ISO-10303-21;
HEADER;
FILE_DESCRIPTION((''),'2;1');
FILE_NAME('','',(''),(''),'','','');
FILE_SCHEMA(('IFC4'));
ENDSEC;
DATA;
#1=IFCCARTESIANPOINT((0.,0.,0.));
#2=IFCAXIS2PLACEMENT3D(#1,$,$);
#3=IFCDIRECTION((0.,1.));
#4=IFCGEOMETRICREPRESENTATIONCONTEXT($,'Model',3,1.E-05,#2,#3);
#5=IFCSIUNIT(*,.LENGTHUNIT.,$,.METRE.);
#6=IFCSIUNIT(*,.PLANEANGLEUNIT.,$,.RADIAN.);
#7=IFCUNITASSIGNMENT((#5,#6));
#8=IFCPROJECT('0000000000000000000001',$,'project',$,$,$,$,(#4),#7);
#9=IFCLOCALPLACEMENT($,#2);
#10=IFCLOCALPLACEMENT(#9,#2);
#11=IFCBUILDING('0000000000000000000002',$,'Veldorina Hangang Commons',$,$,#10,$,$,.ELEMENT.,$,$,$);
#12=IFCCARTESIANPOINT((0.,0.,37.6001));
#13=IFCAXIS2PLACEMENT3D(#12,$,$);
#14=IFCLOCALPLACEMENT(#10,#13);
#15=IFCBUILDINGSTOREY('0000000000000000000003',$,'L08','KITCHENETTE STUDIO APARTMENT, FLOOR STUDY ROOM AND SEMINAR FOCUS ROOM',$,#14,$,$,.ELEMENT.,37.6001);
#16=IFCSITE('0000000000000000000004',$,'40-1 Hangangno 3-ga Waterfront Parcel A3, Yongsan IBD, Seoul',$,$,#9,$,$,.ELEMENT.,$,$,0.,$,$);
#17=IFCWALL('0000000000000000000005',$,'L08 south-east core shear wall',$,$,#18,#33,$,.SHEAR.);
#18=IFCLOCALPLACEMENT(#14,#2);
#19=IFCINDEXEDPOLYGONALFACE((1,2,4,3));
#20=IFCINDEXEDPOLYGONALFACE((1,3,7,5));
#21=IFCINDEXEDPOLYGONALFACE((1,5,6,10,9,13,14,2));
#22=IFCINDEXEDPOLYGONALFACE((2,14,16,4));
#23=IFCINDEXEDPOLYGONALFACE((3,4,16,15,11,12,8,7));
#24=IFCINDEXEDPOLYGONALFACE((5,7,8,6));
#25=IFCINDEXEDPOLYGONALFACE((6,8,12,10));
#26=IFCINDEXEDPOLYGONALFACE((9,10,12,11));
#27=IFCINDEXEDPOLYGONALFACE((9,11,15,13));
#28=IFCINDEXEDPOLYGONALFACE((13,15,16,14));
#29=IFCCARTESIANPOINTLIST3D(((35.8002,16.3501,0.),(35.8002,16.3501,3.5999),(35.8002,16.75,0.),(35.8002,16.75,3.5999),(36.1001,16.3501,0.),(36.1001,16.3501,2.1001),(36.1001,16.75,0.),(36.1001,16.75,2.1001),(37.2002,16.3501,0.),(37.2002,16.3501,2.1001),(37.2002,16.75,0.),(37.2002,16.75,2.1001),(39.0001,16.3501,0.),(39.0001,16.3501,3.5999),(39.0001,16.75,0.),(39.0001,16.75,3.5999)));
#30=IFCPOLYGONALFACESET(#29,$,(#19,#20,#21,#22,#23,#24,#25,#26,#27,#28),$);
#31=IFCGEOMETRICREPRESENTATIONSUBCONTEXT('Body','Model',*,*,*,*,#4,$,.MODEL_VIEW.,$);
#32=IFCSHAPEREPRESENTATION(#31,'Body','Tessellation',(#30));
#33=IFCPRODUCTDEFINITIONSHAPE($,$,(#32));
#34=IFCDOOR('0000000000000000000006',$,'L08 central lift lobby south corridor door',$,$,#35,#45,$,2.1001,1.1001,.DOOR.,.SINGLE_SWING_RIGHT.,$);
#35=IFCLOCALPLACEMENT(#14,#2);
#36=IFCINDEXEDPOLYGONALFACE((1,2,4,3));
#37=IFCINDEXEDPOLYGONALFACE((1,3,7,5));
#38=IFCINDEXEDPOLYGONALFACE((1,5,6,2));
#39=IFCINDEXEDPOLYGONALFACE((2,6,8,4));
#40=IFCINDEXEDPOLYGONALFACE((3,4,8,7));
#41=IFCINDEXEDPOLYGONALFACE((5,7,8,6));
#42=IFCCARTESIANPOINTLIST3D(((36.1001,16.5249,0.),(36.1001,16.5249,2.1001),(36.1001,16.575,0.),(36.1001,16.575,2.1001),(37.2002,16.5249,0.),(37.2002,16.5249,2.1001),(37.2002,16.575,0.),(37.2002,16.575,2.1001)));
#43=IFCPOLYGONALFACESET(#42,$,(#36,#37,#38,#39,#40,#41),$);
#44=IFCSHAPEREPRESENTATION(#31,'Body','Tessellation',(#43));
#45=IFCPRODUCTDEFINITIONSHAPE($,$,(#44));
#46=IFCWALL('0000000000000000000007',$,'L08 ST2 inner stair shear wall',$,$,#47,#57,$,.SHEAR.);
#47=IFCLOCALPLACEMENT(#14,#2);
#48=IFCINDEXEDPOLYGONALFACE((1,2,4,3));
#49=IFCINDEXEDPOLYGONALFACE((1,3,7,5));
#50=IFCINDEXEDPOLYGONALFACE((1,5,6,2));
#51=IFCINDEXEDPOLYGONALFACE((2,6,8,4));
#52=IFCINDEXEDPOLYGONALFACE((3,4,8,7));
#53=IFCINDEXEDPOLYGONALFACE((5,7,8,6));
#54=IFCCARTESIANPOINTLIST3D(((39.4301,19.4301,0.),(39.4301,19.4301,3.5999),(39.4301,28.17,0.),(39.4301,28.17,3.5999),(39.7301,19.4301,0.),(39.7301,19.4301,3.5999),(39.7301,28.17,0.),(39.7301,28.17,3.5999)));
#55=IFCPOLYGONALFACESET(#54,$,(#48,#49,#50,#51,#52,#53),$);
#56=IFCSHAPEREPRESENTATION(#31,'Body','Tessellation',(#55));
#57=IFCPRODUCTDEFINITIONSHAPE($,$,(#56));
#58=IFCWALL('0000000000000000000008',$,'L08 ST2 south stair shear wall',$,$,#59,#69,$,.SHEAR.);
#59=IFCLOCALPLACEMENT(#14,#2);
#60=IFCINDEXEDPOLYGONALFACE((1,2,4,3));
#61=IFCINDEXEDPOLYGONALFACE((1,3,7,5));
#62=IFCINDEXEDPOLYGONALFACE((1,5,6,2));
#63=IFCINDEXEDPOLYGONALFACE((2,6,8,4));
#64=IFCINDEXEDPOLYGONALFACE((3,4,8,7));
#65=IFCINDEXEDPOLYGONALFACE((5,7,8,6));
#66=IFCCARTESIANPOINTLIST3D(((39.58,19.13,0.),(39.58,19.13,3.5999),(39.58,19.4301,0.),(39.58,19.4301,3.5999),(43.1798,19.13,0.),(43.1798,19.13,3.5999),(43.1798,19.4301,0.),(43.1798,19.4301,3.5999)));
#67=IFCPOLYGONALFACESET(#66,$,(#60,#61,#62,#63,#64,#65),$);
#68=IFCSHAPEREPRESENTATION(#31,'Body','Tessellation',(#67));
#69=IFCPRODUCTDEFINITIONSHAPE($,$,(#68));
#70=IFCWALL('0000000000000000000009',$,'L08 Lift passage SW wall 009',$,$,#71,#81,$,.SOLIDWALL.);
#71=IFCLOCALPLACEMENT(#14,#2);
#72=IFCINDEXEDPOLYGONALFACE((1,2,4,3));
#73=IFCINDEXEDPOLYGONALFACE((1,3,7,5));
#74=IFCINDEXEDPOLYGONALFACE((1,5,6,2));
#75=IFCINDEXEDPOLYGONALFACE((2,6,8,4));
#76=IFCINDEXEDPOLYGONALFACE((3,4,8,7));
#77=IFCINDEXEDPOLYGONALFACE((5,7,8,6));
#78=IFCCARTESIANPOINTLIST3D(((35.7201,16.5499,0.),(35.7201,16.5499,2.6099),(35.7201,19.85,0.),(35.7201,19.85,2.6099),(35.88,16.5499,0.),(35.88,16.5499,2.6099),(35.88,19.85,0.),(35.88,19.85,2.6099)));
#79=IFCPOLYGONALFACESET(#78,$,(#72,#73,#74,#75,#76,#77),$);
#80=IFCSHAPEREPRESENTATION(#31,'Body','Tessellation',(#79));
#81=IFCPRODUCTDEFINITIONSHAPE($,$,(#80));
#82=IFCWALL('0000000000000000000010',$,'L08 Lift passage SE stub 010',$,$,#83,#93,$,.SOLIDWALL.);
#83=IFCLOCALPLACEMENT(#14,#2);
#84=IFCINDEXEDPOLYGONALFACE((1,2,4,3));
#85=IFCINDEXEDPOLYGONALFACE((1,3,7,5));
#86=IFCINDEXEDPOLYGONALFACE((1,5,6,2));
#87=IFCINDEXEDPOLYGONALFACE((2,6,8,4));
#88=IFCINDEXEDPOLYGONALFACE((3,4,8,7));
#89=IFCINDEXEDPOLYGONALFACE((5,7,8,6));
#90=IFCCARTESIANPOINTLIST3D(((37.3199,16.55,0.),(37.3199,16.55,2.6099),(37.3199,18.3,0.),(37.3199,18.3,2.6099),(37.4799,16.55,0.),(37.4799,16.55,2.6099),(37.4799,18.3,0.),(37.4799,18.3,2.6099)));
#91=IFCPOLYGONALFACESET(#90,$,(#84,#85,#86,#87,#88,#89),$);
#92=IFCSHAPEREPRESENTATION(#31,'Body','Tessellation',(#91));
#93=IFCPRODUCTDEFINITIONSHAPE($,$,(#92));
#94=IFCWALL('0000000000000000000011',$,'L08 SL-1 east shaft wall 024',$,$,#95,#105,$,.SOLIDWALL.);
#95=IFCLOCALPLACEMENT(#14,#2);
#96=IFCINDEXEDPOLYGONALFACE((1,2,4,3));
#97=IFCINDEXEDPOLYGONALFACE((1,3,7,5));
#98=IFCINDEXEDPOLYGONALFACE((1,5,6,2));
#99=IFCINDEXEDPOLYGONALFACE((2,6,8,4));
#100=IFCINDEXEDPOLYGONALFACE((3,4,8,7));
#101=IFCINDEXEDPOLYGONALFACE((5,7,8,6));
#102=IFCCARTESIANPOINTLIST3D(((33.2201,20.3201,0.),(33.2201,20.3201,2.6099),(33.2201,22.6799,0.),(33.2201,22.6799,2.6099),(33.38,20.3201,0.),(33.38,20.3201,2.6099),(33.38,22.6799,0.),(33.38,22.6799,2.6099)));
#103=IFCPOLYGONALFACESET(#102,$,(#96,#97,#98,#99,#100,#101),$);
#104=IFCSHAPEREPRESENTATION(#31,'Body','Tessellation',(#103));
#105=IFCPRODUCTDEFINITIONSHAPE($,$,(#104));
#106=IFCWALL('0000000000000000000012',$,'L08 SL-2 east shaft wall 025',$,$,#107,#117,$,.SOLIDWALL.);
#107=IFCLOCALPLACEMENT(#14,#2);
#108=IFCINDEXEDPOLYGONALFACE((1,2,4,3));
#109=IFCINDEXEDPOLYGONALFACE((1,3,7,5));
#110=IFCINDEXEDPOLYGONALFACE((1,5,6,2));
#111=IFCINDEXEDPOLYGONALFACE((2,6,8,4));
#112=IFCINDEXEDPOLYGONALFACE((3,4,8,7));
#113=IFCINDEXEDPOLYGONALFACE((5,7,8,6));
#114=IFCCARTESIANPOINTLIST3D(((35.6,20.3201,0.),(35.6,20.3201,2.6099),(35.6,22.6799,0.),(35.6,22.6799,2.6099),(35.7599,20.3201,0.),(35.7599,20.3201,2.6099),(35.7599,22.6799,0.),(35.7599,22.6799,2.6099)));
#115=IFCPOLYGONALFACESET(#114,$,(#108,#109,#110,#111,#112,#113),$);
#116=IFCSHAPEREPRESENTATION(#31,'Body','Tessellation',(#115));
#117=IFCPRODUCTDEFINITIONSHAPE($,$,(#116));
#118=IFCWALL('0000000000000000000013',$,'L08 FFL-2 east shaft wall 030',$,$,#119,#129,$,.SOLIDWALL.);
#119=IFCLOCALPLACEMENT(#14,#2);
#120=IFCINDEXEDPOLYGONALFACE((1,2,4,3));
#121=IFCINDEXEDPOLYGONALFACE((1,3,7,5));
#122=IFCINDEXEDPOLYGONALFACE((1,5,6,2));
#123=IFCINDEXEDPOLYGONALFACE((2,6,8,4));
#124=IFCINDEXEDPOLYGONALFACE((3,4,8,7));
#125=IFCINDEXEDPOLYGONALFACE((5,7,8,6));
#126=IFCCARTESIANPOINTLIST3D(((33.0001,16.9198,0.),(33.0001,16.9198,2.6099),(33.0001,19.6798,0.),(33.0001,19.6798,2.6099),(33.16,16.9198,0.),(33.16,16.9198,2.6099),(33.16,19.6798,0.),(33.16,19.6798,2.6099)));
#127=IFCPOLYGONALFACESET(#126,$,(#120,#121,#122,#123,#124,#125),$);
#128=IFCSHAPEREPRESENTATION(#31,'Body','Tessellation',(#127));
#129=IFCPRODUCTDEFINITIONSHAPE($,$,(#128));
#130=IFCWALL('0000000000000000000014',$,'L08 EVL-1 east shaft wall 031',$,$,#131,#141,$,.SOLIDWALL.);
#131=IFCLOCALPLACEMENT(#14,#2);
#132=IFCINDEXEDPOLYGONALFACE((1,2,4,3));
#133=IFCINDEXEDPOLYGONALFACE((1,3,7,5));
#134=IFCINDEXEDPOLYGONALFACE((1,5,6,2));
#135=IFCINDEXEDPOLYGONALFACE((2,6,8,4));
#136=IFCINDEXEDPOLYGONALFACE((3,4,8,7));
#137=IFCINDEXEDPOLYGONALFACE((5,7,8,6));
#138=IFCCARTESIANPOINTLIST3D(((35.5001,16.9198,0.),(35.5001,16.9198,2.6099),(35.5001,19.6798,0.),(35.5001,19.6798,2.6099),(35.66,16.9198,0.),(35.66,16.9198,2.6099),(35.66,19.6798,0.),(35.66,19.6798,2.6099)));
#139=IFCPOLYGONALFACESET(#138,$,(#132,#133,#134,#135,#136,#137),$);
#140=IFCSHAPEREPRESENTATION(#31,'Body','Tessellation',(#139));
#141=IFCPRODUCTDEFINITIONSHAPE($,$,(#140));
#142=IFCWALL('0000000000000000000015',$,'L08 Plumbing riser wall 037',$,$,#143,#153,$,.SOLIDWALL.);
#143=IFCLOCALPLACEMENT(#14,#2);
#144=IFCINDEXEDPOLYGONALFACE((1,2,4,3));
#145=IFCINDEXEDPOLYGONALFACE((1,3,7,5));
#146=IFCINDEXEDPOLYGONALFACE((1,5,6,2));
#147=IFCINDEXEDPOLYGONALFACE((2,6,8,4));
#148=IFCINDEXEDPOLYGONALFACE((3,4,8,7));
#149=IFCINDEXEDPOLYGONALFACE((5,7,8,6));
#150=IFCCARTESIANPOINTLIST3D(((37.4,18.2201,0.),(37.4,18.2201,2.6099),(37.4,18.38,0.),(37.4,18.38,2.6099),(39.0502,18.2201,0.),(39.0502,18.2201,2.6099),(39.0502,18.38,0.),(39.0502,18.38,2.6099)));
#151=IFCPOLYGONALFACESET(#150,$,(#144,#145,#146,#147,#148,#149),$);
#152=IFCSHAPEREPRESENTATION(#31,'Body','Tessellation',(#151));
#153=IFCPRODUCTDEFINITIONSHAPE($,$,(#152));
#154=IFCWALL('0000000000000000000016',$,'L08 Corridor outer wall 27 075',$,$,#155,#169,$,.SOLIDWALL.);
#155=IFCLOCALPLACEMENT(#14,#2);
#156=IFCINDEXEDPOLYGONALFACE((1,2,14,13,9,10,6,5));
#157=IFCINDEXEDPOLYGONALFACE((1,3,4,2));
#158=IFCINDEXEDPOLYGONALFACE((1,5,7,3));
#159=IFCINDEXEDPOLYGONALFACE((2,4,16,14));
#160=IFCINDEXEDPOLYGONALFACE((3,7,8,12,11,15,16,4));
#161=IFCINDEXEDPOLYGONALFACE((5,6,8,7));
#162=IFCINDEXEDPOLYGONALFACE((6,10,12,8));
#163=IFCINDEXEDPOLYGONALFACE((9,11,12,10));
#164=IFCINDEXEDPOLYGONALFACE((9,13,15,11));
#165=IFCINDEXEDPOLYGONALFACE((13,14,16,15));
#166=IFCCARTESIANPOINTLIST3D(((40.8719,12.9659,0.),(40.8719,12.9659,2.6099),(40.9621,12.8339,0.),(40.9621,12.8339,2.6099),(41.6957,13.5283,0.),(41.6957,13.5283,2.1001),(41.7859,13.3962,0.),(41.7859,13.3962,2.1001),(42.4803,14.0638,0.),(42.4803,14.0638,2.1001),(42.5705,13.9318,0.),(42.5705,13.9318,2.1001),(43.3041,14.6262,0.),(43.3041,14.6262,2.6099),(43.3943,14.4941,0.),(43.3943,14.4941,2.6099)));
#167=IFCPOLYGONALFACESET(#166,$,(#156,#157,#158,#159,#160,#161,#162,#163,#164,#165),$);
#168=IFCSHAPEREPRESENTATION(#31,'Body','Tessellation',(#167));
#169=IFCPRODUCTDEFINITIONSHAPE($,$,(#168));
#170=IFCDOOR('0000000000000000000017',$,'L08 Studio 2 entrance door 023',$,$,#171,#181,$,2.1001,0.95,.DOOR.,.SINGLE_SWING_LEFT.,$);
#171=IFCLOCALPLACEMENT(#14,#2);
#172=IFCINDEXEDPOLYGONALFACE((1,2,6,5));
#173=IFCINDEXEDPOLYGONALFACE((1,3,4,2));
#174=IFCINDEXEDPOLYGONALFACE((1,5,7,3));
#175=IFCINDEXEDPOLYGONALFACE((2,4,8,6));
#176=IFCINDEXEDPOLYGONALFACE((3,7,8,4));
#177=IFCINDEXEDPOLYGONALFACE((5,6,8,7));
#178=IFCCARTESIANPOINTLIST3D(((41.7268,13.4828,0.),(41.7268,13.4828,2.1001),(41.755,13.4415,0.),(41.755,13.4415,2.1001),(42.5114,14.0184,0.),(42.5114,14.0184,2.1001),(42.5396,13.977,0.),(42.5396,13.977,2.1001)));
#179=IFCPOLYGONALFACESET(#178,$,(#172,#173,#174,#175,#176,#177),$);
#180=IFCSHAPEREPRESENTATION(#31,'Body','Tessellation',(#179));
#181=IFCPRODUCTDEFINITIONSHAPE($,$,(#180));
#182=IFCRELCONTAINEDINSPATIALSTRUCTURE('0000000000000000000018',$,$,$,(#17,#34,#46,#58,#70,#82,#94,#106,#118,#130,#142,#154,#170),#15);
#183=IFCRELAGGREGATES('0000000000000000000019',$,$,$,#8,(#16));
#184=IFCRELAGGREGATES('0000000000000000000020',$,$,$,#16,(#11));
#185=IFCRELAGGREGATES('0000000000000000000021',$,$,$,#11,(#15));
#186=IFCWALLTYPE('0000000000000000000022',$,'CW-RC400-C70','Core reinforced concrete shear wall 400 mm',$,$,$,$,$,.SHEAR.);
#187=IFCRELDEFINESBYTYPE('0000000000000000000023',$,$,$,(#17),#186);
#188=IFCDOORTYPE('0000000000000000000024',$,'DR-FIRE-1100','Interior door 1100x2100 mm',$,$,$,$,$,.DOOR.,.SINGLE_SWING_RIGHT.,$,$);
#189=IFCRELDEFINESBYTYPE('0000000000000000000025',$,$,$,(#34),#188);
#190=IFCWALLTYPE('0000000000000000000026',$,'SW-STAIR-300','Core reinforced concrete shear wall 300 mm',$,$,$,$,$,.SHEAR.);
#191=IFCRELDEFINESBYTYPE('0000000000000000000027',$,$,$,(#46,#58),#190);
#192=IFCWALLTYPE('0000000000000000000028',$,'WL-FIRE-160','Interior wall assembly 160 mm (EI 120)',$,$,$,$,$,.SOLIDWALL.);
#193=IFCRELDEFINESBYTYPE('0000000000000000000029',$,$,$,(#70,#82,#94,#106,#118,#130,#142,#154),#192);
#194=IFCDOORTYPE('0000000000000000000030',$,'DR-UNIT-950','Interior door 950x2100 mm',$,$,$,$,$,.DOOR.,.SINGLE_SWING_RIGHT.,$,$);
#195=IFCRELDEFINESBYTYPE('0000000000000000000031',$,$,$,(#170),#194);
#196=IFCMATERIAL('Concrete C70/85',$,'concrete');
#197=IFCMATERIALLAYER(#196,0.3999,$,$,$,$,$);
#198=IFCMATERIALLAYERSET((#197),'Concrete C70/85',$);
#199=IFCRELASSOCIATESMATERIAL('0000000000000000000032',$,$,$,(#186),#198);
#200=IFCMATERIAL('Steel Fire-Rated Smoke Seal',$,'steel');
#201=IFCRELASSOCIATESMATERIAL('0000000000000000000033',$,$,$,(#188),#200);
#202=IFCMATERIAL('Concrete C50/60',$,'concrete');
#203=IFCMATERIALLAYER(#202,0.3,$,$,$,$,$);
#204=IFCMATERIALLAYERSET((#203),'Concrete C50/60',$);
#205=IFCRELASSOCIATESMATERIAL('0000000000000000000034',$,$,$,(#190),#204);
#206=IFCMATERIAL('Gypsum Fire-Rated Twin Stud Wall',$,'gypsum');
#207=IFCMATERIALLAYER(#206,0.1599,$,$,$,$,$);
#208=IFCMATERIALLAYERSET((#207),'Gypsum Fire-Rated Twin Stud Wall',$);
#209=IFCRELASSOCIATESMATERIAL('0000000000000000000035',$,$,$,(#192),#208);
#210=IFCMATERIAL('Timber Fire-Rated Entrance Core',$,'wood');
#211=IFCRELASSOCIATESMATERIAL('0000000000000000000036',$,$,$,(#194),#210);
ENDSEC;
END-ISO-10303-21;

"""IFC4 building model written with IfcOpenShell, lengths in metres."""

from ifc_helpers import new_model, si_unit, direction, frame, frame_2d, origin, place, context, subcontext, project, spatial, rectangle, extrude, material, layer, layer_set, type_object, element, fill, save


model = new_model("IFC4")

# Units and contexts
model_context = context("Model", 3, precision=1e-05, world=origin(), true_north=direction((0.0, 1.0)))
body_context = subcontext(model_context, "Body", "Model", "MODEL_VIEW")
ifc_project = project(units=[si_unit("LENGTHUNIT", "METRE"), si_unit("PLANEANGLEUNIT", "RADIAN")], contexts=[model_context])

# Site, building, storey
site_placement = place(None, origin())
site = spatial("IfcSite", under=ifc_project, at=site_placement, Name="40-1 Hangangno 3-ga Waterfront Parcel A3, Yongsan IBD, Seoul", CompositionType="ELEMENT", RefElevation=0.0)
building_placement = place(site_placement, origin())
building = spatial("IfcBuilding", under=site, at=building_placement, Name="Veldorina Hangang Commons", CompositionType="ELEMENT")
storey_placement = place(building_placement, frame((0.0, 0.0, 37.6001)))
storey = spatial("IfcBuildingStorey", under=building, at=storey_placement, Name="L08", Description="KITCHENETTE STUDIO APARTMENT, FLOOR STUDY ROOM AND SEMINAR FOCUS ROOM", CompositionType="ELEMENT", Elevation=37.6001)

# Shared definitions
ifc_material_1 = material(Name="Concrete C70/85", Category="concrete")

# Shared definitions
ifc_layer_1 = layer(ifc_material_1, 0.3999)
ifc_layer_set_1 = layer_set([ifc_layer_1], Name="Concrete C70/85")
wall_type_1 = type_object("IfcWallType", Name="CW-RC400-C70", Description="Core reinforced concrete shear wall 400 mm", PredefinedType="SHEAR", material=ifc_layer_set_1)

# Wall, opening, door
wall_1_placement = place(storey_placement, frame((35.8, 16.55, 0.0), z_axis=(0.0, 0.0, 1.0), x_axis=(1.0, 0.0, 0.0)))
wall_1 = element("IfcWall", 1, at=wall_1_placement, inside=storey, type_object=wall_type_1, Name="L08 south-east core shear wall", PredefinedType="SHEAR", context=body_context, shape_type="SweptSolid", body=[
    extrude(rectangle(XDim=3.2, YDim=0.3999, at=frame_2d((1.6001, 0.0))), origin(), (0.0, 0.0, 1.0), 3.5999),
])
opening_1_placement = place(wall_1_placement, frame((0.3, 0.0, 0.0)))
opening_1 = element("IfcOpeningElement", 2, at=opening_1_placement, cuts=wall_1, PredefinedType="OPENING", context=body_context, shape_type="SweptSolid", body=[
    extrude(rectangle(XDim=1.1001, YDim=2.1001, at=frame_2d((0.55, 1.05))), frame((0.0, 0.21, 0.0), z_axis=(0.0, -1.0, 0.0), x_axis=(1.0, 0.0, 0.0)), (0.0, 0.0, 1.0), 0.4199),
])
ifc_material_2 = material(Name="Steel Fire-Rated Smoke Seal", Category="steel")
door_type_1 = type_object("IfcDoorType", Name="DR-FIRE-1100", Description="Interior door 1100x2100 mm", OperationType="SINGLE_SWING_RIGHT", PredefinedType="DOOR", material=ifc_material_2)
door_1_placement = place(opening_1_placement, origin())
door_1 = element("IfcDoor", 3, at=door_1_placement, inside=storey, type_object=door_type_1, Name="L08 central lift lobby south corridor door", OperationType="SINGLE_SWING_RIGHT", OverallHeight=2.1001, OverallWidth=1.1001, PredefinedType="DOOR", context=body_context, shape_type="SweptSolid", body=[
    extrude(rectangle(XDim=1.1001, YDim=2.1001, at=frame_2d((0.55, 1.05))), frame((0.0, 0.0249, 0.0), z_axis=(0.0, -1.0, 0.0), x_axis=(1.0, 0.0, 0.0)), (0.0, 0.0, 1.0), 0.05),
])
fill(opening_1, door_1)

# Walls
ifc_material_3 = material(Name="Concrete C50/60", Category="concrete")
ifc_layer_2 = layer(ifc_material_3, 0.3)
ifc_layer_set_2 = layer_set([ifc_layer_2], Name="Concrete C50/60")
wall_type_2 = type_object("IfcWallType", Name="SW-STAIR-300", Description="Core reinforced concrete shear wall 300 mm", PredefinedType="SHEAR", material=ifc_layer_set_2)
wall_2_placement = place(storey_placement, frame((39.5801, 19.4299, 0.0), z_axis=(0.0, 0.0, 1.0), x_axis=(0.0, 1.0, 0.0)))
element("IfcWall", 4, at=wall_2_placement, inside=storey, type_object=wall_type_2, Name="L08 ST2 inner stair shear wall", PredefinedType="SHEAR", context=body_context, shape_type="SweptSolid", body=[
    extrude(rectangle(XDim=8.74, YDim=0.3, at=frame_2d((4.3701, 0.0))), origin(), (0.0, 0.0, 1.0), 3.5999),
])
wall_3_placement = place(storey_placement, frame((39.5801, 19.28, 0.0), z_axis=(0.0, 0.0, 1.0), x_axis=(1.0, 0.0, 0.0)))
element("IfcWall", 5, at=wall_3_placement, inside=storey, type_object=wall_type_2, Name="L08 ST2 south stair shear wall", PredefinedType="SHEAR", context=body_context, shape_type="SweptSolid", body=[
    extrude(rectangle(XDim=3.5999, YDim=0.3, at=frame_2d((1.7998, 0.0))), origin(), (0.0, 0.0, 1.0), 3.5999),
])
ifc_material_4 = material(Name="Gypsum Fire-Rated Twin Stud Wall", Category="gypsum")
ifc_layer_3 = layer(ifc_material_4, 0.1599)
ifc_layer_set_3 = layer_set([ifc_layer_3], Name="Gypsum Fire-Rated Twin Stud Wall")
wall_type_3 = type_object("IfcWallType", Name="WL-FIRE-160", Description="Interior wall assembly 160 mm (EI 120)", PredefinedType="SOLIDWALL", material=ifc_layer_set_3)
wall_4_placement = place(storey_placement, frame((35.8, 16.55, 0.0), z_axis=(0.0, 0.0, 1.0), x_axis=(0.0, 1.0, 0.0)))
element("IfcWall", 6, at=wall_4_placement, inside=storey, type_object=wall_type_3, Name="L08 Lift passage SW wall 009", PredefinedType="SOLIDWALL", context=body_context, shape_type="SweptSolid", body=[
    extrude(rectangle(XDim=3.3, YDim=0.1599, at=frame_2d((1.6499, 0.0))), origin(), (0.0, 0.0, 1.0), 2.6099),
])
wall_5_placement = place(storey_placement, frame((37.3999, 16.55, 0.0), z_axis=(0.0, 0.0, 1.0), x_axis=(0.0, 1.0, 0.0)))
element("IfcWall", 7, at=wall_5_placement, inside=storey, type_object=wall_type_3, Name="L08 Lift passage SE stub 010", PredefinedType="SOLIDWALL", context=body_context, shape_type="SweptSolid", body=[
    extrude(rectangle(XDim=1.75, YDim=0.1599, at=frame_2d((0.875, 0.0))), origin(), (0.0, 0.0, 1.0), 2.6099),
])
for number, where, z_axis, x_axis, name in (
    (8, (33.3, 20.3201, 0.0), (0.0, 0.0, 1.0), (0.0, 1.0, 0.0), "L08 SL-1 east shaft wall 024"),
    (9, (35.6799, 20.3201, 0.0), (0.0, 0.0, 1.0), (0.0, 1.0, 0.0), "L08 SL-2 east shaft wall 025"),
):
    element("IfcWall", number, at=place(storey_placement, frame(where, z_axis=z_axis, x_axis=x_axis)), inside=storey, type_object=wall_type_3, Name=name, PredefinedType="SOLIDWALL", context=body_context, shape_type="SweptSolid", body=[
        extrude(rectangle(XDim=2.3599, YDim=0.1599, at=frame_2d((1.1799, 0.0))), origin(), (0.0, 0.0, 1.0), 2.6099),
    ])
for number, where, z_axis, x_axis, name in (
    (10, (33.0801, 16.9199, 0.0), (0.0, 0.0, 1.0), (0.0, 1.0, 0.0), "L08 FFL-2 east shaft wall 030"),
    (11, (35.5801, 16.9199, 0.0), (0.0, 0.0, 1.0), (0.0, 1.0, 0.0), "L08 EVL-1 east shaft wall 031"),
):
    element("IfcWall", number, at=place(storey_placement, frame(where, z_axis=z_axis, x_axis=x_axis)), inside=storey, type_object=wall_type_3, Name=name, PredefinedType="SOLIDWALL", context=body_context, shape_type="SweptSolid", body=[
        extrude(rectangle(XDim=2.76, YDim=0.1599, at=frame_2d((1.3799, 0.0))), origin(), (0.0, 0.0, 1.0), 2.6099),
    ])
wall_6_placement = place(storey_placement, frame((37.3999, 18.3, 0.0), z_axis=(0.0, 0.0, 1.0), x_axis=(1.0, 0.0, 0.0)))
element("IfcWall", 12, at=wall_6_placement, inside=storey, type_object=wall_type_3, Name="L08 Plumbing riser wall 037", PredefinedType="SOLIDWALL", context=body_context, shape_type="SweptSolid", body=[
    extrude(rectangle(XDim=1.6501, YDim=0.1599, at=frame_2d((0.8252, 0.0))), origin(), (0.0, 0.0, 1.0), 2.6099),
])

# Wall, opening, door
wall_7_placement = place(storey_placement, frame((40.917, 12.8999, 0.0), z_axis=(0.0, 0.0, 1.0), x_axis=(0.825929, 0.563774, 0.0)))
wall_7 = element("IfcWall", 13, at=wall_7_placement, inside=storey, type_object=wall_type_3, Name="L08 Corridor outer wall 27 075", PredefinedType="SOLIDWALL", context=body_context, shape_type="SweptSolid", body=[
    extrude(rectangle(XDim=2.9448, YDim=0.1599, at=frame_2d((1.4724, 0.0))), origin(), (0.0, 0.0, 1.0), 2.6099),
])
opening_2_placement = place(wall_7_placement, frame((0.9973, 0.0, 0.0)))
opening_2 = element("IfcOpeningElement", 14, at=opening_2_placement, cuts=wall_7, PredefinedType="OPENING", context=body_context, shape_type="SweptSolid", body=[
    extrude(rectangle(XDim=0.95, YDim=2.1001, at=frame_2d((0.4751, 1.05))), frame((0.0, 0.0898, 0.0), z_axis=(0.0, -1.0, 0.0), x_axis=(1.0, 0.0, 0.0)), (0.0, 0.0, 1.0), 0.1799),
])
ifc_material_5 = material(Name="Timber Fire-Rated Entrance Core", Category="wood")
door_type_2 = type_object("IfcDoorType", Name="DR-UNIT-950", Description="Interior door 950x2100 mm", OperationType="SINGLE_SWING_RIGHT", PredefinedType="DOOR", material=ifc_material_5)
door_2_placement = place(opening_2_placement, origin())
door_2 = element("IfcDoor", 15, at=door_2_placement, inside=storey, type_object=door_type_2, Name="L08 Studio 2 entrance door 023", OperationType="SINGLE_SWING_LEFT", OverallHeight=2.1001, OverallWidth=0.95, PredefinedType="DOOR", context=body_context, shape_type="SweptSolid", body=[
    extrude(rectangle(XDim=0.95, YDim=2.1001, at=frame_2d((0.4751, 1.05))), frame((0.0, 0.0249, 0.0), z_axis=(0.0, -1.0, 0.0), x_axis=(1.0, 0.0, 0.0)), (0.0, 0.0, 1.0), 0.05),
])
fill(opening_2, door_2)

save(model, "model.ifc")
